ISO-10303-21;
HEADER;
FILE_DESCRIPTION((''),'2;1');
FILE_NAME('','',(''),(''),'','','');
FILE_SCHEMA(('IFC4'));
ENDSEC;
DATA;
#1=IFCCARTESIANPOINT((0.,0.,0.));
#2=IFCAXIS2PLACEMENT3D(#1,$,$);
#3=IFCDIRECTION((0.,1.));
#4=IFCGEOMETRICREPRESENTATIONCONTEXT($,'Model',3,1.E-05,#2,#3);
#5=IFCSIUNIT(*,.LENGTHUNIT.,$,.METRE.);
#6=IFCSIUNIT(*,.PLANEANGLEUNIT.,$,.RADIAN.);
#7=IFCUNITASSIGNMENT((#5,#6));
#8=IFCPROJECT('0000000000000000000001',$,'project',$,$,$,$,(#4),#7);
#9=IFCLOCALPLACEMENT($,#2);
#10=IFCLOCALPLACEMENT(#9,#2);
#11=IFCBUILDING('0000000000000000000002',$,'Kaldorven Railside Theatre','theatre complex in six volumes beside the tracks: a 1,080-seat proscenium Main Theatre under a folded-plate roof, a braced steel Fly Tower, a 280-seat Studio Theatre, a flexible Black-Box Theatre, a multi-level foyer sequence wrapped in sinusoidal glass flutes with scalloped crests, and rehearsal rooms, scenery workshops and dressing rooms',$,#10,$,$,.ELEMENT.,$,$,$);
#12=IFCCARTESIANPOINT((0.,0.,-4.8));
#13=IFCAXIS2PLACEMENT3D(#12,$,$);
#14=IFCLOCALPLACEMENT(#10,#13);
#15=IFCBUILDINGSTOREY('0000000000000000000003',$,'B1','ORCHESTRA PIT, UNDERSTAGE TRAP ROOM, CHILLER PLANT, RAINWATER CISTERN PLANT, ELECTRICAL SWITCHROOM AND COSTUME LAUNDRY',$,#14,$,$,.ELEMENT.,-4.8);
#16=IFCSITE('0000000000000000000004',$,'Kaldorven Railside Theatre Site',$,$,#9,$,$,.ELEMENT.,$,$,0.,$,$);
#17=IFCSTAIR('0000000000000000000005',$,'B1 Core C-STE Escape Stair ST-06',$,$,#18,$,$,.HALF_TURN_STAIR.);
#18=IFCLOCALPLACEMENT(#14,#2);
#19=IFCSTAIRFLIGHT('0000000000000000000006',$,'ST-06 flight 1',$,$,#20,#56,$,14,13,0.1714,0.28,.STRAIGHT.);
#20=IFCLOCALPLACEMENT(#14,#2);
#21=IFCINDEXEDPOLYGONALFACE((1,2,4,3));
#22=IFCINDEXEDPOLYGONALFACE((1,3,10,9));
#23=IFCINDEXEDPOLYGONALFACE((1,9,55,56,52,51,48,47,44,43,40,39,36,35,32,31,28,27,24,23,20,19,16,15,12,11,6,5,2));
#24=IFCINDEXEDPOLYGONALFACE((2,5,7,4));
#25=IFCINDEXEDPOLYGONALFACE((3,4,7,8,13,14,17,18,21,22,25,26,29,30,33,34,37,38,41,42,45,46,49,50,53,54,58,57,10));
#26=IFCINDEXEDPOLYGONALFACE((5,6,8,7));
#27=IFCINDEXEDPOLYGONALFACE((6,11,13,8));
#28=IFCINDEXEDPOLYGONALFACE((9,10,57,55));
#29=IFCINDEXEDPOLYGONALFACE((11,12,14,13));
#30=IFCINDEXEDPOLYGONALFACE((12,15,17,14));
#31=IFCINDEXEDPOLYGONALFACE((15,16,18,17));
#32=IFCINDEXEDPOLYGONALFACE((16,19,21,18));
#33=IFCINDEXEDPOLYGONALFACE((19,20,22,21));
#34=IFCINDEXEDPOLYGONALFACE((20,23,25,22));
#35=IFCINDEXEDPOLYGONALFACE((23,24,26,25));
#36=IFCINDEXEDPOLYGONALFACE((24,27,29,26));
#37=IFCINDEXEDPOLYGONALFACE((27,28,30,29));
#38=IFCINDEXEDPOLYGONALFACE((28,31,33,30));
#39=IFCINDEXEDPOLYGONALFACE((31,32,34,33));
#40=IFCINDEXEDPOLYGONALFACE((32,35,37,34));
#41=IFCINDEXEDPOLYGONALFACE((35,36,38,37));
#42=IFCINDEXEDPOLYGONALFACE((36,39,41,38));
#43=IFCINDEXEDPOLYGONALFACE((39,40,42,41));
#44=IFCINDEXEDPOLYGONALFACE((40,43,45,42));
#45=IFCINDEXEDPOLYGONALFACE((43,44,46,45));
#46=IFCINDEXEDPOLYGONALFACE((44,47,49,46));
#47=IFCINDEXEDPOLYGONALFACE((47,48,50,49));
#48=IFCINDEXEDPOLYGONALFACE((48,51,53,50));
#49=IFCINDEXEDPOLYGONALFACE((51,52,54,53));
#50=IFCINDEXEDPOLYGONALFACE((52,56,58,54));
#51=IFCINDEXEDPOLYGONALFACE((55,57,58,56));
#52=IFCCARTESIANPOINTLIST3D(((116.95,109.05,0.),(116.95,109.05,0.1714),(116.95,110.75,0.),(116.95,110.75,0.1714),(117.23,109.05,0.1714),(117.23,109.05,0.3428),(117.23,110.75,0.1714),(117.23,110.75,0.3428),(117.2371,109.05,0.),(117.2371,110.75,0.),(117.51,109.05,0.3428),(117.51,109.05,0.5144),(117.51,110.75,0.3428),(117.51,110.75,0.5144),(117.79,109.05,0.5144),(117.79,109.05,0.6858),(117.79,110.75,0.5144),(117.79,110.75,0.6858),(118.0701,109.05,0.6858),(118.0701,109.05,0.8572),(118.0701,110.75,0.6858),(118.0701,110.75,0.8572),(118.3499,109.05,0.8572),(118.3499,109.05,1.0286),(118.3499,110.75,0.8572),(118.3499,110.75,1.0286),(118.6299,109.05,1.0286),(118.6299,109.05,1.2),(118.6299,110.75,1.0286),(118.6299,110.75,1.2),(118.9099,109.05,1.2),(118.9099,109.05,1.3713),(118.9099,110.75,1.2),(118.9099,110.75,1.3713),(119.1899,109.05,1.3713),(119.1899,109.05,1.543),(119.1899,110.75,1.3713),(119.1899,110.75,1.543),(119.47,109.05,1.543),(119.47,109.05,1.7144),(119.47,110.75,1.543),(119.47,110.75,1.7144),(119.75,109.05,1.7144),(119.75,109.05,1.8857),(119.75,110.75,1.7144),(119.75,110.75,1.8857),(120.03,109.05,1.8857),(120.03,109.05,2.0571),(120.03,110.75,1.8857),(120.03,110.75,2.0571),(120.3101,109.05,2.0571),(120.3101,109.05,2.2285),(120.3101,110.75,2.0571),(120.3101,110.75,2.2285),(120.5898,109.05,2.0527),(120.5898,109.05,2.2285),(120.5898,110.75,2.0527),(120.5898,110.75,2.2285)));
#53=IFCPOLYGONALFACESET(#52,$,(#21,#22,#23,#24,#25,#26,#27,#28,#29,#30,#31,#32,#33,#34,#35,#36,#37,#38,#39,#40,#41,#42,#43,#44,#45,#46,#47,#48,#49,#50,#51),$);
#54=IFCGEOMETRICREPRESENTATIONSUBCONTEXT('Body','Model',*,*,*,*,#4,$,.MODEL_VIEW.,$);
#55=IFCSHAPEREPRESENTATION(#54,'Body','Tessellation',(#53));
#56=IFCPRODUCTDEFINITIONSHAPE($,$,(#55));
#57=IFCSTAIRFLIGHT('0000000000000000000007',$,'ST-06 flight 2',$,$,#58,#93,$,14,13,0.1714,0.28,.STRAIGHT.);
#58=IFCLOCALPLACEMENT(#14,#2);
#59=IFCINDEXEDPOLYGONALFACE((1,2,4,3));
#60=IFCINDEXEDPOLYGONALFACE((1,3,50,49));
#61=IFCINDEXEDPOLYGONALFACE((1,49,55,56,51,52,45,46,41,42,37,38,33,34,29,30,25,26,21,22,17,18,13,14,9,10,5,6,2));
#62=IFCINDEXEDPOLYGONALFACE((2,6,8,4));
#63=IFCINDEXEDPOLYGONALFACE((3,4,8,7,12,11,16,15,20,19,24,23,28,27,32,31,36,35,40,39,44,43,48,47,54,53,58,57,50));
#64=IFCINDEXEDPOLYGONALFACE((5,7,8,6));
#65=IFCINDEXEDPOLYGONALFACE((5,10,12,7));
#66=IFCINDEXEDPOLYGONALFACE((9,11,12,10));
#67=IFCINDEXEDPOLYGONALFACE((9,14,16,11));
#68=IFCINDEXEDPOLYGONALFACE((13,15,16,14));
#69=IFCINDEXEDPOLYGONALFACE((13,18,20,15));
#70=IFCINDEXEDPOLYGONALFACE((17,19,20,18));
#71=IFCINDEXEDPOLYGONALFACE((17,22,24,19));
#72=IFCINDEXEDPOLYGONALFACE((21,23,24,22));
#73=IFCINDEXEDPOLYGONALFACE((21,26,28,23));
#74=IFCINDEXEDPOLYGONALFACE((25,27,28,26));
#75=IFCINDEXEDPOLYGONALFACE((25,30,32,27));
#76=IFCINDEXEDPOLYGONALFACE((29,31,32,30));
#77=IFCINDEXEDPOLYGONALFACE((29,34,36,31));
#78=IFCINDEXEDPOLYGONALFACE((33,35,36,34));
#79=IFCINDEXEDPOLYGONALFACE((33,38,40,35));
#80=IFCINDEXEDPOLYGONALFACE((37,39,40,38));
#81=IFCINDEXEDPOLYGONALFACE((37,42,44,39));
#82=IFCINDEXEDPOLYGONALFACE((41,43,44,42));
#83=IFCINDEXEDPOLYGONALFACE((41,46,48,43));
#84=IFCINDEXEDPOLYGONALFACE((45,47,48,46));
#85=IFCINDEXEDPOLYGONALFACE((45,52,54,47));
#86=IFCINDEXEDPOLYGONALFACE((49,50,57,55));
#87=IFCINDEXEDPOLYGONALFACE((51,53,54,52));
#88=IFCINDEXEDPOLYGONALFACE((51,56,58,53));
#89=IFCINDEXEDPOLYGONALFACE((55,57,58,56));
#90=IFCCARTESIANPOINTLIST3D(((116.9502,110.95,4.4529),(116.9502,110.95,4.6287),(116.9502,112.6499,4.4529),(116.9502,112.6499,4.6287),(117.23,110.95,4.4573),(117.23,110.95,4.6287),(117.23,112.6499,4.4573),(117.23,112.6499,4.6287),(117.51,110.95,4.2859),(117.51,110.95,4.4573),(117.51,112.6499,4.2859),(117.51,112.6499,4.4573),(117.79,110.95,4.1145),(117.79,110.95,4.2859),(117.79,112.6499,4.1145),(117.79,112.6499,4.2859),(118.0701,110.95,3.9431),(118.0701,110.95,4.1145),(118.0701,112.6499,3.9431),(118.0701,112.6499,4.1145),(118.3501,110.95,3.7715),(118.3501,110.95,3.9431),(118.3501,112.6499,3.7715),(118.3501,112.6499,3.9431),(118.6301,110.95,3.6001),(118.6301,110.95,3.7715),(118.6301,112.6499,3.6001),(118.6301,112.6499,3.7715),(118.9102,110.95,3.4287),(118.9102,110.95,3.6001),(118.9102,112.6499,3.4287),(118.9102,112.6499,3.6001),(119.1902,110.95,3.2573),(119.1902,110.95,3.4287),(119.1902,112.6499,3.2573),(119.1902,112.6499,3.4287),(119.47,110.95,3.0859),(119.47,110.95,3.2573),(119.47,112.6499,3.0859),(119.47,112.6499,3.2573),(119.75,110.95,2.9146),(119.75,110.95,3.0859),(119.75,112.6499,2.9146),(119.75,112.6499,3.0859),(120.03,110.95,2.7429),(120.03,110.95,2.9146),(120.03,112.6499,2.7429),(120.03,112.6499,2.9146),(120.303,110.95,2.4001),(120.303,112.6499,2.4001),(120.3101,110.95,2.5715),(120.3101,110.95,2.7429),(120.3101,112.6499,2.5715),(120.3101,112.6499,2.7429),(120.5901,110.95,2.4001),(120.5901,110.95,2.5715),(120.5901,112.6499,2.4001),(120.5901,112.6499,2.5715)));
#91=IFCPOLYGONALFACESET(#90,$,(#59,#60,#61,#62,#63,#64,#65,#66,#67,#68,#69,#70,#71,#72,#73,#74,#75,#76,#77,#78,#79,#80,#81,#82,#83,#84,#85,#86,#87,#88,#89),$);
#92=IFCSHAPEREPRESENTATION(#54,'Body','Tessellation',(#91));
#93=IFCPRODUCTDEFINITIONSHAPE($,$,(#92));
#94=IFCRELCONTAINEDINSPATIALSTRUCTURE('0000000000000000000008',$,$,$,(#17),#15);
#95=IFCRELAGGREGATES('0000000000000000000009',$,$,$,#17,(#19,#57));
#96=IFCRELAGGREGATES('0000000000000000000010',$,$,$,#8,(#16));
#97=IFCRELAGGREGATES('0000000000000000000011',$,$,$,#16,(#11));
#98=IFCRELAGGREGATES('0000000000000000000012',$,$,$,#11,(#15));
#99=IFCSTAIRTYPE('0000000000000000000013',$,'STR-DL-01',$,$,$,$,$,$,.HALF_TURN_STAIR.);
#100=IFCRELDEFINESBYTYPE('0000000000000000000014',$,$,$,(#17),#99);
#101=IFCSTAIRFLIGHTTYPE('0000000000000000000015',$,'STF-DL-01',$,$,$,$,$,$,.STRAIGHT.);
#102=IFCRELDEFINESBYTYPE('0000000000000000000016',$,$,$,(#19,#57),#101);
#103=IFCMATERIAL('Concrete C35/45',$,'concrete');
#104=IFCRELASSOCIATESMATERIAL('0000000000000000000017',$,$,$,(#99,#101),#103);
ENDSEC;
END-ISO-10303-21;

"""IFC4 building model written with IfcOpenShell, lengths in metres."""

from ifc_helpers import new_model, si_unit, direction, frame, origin, place, context, subcontext, project, spatial, polyline, outline, extrude, material, type_object, element, aggregate, save


model = new_model("IFC4")

# Units and contexts
model_context = context("Model", 3, precision=1e-05, world=origin(), true_north=direction((0.0, 1.0)))
body_context = subcontext(model_context, "Body", "Model", "MODEL_VIEW")
ifc_project = project(units=[si_unit("LENGTHUNIT", "METRE"), si_unit("PLANEANGLEUNIT", "RADIAN")], contexts=[model_context])

# Site, building, storey
site_placement = place(None, origin())
site = spatial("IfcSite", under=ifc_project, at=site_placement, Name="Kaldorven Railside Theatre Site", CompositionType="ELEMENT", RefElevation=0.0)
building_placement = place(site_placement, origin())
building = spatial("IfcBuilding", under=site, at=building_placement, Name="Kaldorven Railside Theatre", Description="theatre complex in six volumes beside the tracks: a 1,080-seat proscenium Main Theatre under a folded-plate roof, a braced steel Fly Tower, a 280-seat Studio Theatre, a flexible Black-Box Theatre, a multi-level foyer sequence wrapped in sinusoidal glass flutes with scalloped crests, and rehearsal rooms, scenery workshops and dressing rooms", CompositionType="ELEMENT")
storey_placement = place(building_placement, frame((0.0, 0.0, -4.8)))
storey = spatial("IfcBuildingStorey", under=building, at=storey_placement, Name="B1", Description="ORCHESTRA PIT, UNDERSTAGE TRAP ROOM, CHILLER PLANT, RAINWATER CISTERN PLANT, ELECTRICAL SWITCHROOM AND COSTUME LAUNDRY", CompositionType="ELEMENT", Elevation=-4.8)

# Shared definitions
ifc_material_1 = material(Name="Concrete C35/45", Category="concrete")

# Stair, stair flights
stair_type = type_object("IfcStairType", Name="STR-DL-01", PredefinedType="HALF_TURN_STAIR", material=ifc_material_1)
stair_placement = place(storey_placement, origin())
stair = element("IfcStair", 1, at=stair_placement, inside=storey, type_object=stair_type, Name="B1 Core C-STE Escape Stair ST-06", PredefinedType="HALF_TURN_STAIR")
stair_flight_type = type_object("IfcStairFlightType", Name="STF-DL-01", PredefinedType="STRAIGHT", material=ifc_material_1)
stair_flight_1_placement = place(storey_placement, frame((116.95, 109.8999, 0.0), z_axis=(0.0, 0.0, 1.0), x_axis=(1.0, 0.0, 0.0)))
stair_flight_1 = element("IfcStairFlight", 2, at=stair_flight_1_placement, type_object=stair_flight_type, Name="ST-06 flight 1", NumberOfRisers=14, NumberOfTreads=13, PredefinedType="STRAIGHT", RiserHeight=0.1714, TreadLength=0.28, context=body_context, shape_type="SweptSolid", body=[
    extrude(outline(polyline([(0.0, 0.0), (0.0, 0.1714), (0.28, 0.1714), (0.28, 0.3428), (0.5601, 0.3428), (0.5601, 0.5144), (0.8401, 0.5144), (0.8401, 0.6858), (1.1201, 0.6858), (1.1201, 0.8572), (1.3999, 0.8572), (1.3999, 1.0286), (1.6799, 1.0286), (1.6799, 1.2), (1.96, 1.2), (1.96, 1.3713), (2.24, 1.3713), (2.24, 1.543), (2.52, 1.543), (2.52, 1.7144), (2.8, 1.7144), (2.8, 1.8857), (3.0801, 1.8857), (3.0801, 2.0571), (3.3601, 2.0571), (3.3601, 2.2285), (3.6399, 2.2285), (3.6399, 2.3999), (3.6399, 2.0527), (0.2871, 0.0), (0.0, 0.0)])), frame((0.0, 0.8501, 0.0), z_axis=(0.0, -1.0, 0.0), x_axis=(1.0, 0.0, 0.0)), (0.0, 0.0, 1.0), 1.7),
])
stair_flight_2_placement = place(storey_placement, frame((120.5901, 111.8, 2.4001), z_axis=(0.0, 0.0, 1.0), x_axis=(-1.0, 0.0, 0.0)))
stair_flight_2 = element("IfcStairFlight", 3, at=stair_flight_2_placement, type_object=stair_flight_type, Name="ST-06 flight 2", NumberOfRisers=14, NumberOfTreads=13, PredefinedType="STRAIGHT", RiserHeight=0.1714, TreadLength=0.28, context=body_context, shape_type="SweptSolid", body=[
    extrude(outline(polyline([(0.0, 0.0), (0.0, 0.1714), (0.28, 0.1714), (0.28, 0.3428), (0.5601, 0.3428), (0.5601, 0.5144), (0.8401, 0.5144), (0.8401, 0.6858), (1.1201, 0.6858), (1.1201, 0.8572), (1.3999, 0.8572), (1.3999, 1.0286), (1.6799, 1.0286), (1.6799, 1.2), (1.96, 1.2), (1.96, 1.3713), (2.24, 1.3713), (2.24, 1.543), (2.52, 1.543), (2.52, 1.7144), (2.8, 1.7144), (2.8, 1.8857), (3.0801, 1.8857), (3.0801, 2.0571), (3.3601, 2.0571), (3.3601, 2.2285), (3.6399, 2.2285), (3.6399, 2.3999), (3.6399, 2.0527), (0.2871, 0.0), (0.0, 0.0)])), frame((0.0, 0.8501, 0.0), z_axis=(0.0, -1.0, 0.0), x_axis=(1.0, 0.0, 0.0)), (0.0, 0.0, 1.0), 1.7),
])
aggregate(stair, [stair_flight_1, stair_flight_2])

save(model, "model.ifc")
